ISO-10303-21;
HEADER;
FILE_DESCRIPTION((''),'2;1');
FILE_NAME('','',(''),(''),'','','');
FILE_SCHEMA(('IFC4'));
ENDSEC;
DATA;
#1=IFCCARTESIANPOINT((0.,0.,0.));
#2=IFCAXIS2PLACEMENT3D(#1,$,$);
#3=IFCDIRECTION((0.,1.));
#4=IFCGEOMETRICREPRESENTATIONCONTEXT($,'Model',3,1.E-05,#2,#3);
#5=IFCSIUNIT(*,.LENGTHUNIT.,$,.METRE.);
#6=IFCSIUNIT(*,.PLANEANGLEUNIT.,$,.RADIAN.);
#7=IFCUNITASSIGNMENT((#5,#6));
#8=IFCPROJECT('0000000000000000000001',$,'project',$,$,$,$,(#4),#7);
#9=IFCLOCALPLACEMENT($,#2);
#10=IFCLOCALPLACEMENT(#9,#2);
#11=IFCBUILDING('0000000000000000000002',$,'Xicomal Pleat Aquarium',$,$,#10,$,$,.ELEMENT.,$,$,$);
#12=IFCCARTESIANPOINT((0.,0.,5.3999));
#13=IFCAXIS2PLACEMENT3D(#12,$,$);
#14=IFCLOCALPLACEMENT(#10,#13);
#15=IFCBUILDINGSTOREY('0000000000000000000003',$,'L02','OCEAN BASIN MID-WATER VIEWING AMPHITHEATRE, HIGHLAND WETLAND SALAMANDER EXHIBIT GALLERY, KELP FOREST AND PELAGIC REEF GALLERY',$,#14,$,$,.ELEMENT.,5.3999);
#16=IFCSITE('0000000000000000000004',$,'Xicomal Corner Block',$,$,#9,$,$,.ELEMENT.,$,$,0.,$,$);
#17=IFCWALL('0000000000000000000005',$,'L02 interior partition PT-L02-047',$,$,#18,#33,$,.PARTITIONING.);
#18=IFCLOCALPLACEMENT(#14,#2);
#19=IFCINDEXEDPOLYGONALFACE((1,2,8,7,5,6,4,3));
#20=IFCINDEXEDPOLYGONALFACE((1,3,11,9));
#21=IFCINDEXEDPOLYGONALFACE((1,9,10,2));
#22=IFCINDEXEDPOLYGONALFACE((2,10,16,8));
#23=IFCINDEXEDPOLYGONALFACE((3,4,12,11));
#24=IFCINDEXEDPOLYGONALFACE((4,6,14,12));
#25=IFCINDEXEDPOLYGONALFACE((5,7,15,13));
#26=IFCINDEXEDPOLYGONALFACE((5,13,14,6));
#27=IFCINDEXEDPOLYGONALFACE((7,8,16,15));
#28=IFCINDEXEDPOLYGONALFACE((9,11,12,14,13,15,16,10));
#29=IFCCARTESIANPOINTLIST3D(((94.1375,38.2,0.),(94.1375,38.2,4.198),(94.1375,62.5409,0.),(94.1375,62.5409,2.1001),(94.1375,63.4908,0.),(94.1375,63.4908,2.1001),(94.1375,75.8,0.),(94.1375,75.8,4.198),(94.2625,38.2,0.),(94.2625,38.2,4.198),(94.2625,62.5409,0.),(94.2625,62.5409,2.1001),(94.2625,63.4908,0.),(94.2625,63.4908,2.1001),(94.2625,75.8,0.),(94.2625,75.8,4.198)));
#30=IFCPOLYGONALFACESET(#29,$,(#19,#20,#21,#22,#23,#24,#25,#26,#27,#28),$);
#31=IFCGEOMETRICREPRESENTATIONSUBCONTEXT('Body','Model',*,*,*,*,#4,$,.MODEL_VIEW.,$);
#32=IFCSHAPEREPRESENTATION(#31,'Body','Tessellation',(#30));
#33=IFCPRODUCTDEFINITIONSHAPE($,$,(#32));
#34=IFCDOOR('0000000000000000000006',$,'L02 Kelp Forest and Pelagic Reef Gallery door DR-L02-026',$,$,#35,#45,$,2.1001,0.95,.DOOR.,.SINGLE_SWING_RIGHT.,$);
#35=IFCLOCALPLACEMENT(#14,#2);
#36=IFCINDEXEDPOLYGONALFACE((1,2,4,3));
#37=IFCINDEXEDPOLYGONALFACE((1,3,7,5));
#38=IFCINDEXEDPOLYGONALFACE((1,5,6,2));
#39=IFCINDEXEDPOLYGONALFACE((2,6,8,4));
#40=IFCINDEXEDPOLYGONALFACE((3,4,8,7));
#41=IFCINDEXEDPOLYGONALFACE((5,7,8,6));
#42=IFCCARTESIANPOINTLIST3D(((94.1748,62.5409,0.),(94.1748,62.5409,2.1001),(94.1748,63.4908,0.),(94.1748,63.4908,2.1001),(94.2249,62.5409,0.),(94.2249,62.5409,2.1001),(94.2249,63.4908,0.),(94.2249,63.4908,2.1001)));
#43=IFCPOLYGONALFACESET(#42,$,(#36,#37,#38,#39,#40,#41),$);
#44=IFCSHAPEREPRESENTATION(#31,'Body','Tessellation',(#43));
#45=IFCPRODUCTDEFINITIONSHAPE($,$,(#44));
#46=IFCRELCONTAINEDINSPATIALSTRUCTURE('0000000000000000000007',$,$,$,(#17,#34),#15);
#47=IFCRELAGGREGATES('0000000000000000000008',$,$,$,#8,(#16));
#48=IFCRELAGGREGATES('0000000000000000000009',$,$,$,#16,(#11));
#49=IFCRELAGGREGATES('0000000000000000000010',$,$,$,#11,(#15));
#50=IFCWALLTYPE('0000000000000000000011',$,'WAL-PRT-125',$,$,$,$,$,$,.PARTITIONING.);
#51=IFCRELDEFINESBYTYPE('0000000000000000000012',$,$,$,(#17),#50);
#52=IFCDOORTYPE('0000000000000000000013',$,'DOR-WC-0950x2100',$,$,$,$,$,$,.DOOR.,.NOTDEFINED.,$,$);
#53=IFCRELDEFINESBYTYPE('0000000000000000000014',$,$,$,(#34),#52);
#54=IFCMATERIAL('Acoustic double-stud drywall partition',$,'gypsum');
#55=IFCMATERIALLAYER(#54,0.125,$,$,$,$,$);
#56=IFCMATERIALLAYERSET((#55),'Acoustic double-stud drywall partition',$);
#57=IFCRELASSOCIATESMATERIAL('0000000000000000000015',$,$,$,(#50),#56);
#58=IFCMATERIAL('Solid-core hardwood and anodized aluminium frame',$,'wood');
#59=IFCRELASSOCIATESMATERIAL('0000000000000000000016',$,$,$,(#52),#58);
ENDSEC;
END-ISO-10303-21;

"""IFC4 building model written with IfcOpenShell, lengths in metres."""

from ifc_helpers import new_model, si_unit, direction, frame, frame_2d, origin, place, context, subcontext, project, spatial, rectangle, extrude, material, layer, layer_set, type_object, element, fill, save


model = new_model("IFC4")

# Units and contexts
model_context = context("Model", 3, precision=1e-05, world=origin(), true_north=direction((0.0, 1.0)))
body_context = subcontext(model_context, "Body", "Model", "MODEL_VIEW")
ifc_project = project(units=[si_unit("LENGTHUNIT", "METRE"), si_unit("PLANEANGLEUNIT", "RADIAN")], contexts=[model_context])

# Site, building, storey
site_placement = place(None, origin())
site = spatial("IfcSite", under=ifc_project, at=site_placement, Name="Xicomal Corner Block", CompositionType="ELEMENT", RefElevation=0.0)
building_placement = place(site_placement, origin())
building = spatial("IfcBuilding", under=site, at=building_placement, Name="Xicomal Pleat Aquarium", CompositionType="ELEMENT")
storey_placement = place(building_placement, frame((0.0, 0.0, 5.3999)))
storey = spatial("IfcBuildingStorey", under=building, at=storey_placement, Name="L02", Description="OCEAN BASIN MID-WATER VIEWING AMPHITHEATRE, HIGHLAND WETLAND SALAMANDER EXHIBIT GALLERY, KELP FOREST AND PELAGIC REEF GALLERY", CompositionType="ELEMENT", Elevation=5.3999)

# Wall, opening, door
ifc_material_1 = material(Name="Acoustic double-stud drywall partition", Category="gypsum")
ifc_layer_1 = layer(ifc_material_1, 0.125)
ifc_layer_set_1 = layer_set([ifc_layer_1], Name="Acoustic double-stud drywall partition")
wall_type_1 = type_object("IfcWallType", Name="WAL-PRT-125", PredefinedType="PARTITIONING", material=ifc_layer_set_1)
wall_1_placement = place(storey_placement, frame((94.2, 75.8, 0.0), z_axis=(0.0, 0.0, 1.0), x_axis=(0.0, -1.0, 0.0)))
wall_1 = element("IfcWall", 1, at=wall_1_placement, inside=storey, type_object=wall_type_1, Name="L02 interior partition PT-L02-047", PredefinedType="PARTITIONING", context=body_context, shape_type="SweptSolid", body=[
    extrude(rectangle(XDim=37.6001, YDim=0.125, at=frame_2d((18.8, 0.0))), origin(), (0.0, 0.0, 1.0), 4.198),
])
opening_1_placement = place(wall_1_placement, frame((12.3091, 0.0, 0.0)))
opening_1 = element("IfcOpeningElement", 2, at=opening_1_placement, cuts=wall_1, PredefinedType="OPENING", context=body_context, shape_type="SweptSolid", body=[
    extrude(rectangle(XDim=0.95, YDim=2.1001, at=frame_2d((0.4751, 1.05))), frame((0.0, 0.0725, 0.0), z_axis=(0.0, -1.0, 0.0), x_axis=(1.0, 0.0, 0.0)), (0.0, 0.0, 1.0), 0.145),
])
ifc_material_2 = material(Name="Solid-core hardwood and anodized aluminium frame", Category="wood")
door_type = type_object("IfcDoorType", Name="DOR-WC-0950x2100", OperationType="NOTDEFINED", PredefinedType="DOOR", material=ifc_material_2)
door_placement = place(opening_1_placement, origin())
door = element("IfcDoor", 3, at=door_placement, inside=storey, type_object=door_type, Name="L02 Kelp Forest and Pelagic Reef Gallery door DR-L02-026", OperationType="SINGLE_SWING_RIGHT", OverallHeight=2.1001, OverallWidth=0.95, PredefinedType="DOOR", context=body_context, shape_type="SweptSolid", body=[
    extrude(rectangle(XDim=0.95, YDim=2.1001, at=frame_2d((0.4751, 1.05))), frame((0.0, 0.0249, 0.0), z_axis=(0.0, -1.0, 0.0), x_axis=(1.0, 0.0, 0.0)), (0.0, 0.0, 1.0), 0.05),
])
fill(opening_1, door)

save(model, "model.ifc")
